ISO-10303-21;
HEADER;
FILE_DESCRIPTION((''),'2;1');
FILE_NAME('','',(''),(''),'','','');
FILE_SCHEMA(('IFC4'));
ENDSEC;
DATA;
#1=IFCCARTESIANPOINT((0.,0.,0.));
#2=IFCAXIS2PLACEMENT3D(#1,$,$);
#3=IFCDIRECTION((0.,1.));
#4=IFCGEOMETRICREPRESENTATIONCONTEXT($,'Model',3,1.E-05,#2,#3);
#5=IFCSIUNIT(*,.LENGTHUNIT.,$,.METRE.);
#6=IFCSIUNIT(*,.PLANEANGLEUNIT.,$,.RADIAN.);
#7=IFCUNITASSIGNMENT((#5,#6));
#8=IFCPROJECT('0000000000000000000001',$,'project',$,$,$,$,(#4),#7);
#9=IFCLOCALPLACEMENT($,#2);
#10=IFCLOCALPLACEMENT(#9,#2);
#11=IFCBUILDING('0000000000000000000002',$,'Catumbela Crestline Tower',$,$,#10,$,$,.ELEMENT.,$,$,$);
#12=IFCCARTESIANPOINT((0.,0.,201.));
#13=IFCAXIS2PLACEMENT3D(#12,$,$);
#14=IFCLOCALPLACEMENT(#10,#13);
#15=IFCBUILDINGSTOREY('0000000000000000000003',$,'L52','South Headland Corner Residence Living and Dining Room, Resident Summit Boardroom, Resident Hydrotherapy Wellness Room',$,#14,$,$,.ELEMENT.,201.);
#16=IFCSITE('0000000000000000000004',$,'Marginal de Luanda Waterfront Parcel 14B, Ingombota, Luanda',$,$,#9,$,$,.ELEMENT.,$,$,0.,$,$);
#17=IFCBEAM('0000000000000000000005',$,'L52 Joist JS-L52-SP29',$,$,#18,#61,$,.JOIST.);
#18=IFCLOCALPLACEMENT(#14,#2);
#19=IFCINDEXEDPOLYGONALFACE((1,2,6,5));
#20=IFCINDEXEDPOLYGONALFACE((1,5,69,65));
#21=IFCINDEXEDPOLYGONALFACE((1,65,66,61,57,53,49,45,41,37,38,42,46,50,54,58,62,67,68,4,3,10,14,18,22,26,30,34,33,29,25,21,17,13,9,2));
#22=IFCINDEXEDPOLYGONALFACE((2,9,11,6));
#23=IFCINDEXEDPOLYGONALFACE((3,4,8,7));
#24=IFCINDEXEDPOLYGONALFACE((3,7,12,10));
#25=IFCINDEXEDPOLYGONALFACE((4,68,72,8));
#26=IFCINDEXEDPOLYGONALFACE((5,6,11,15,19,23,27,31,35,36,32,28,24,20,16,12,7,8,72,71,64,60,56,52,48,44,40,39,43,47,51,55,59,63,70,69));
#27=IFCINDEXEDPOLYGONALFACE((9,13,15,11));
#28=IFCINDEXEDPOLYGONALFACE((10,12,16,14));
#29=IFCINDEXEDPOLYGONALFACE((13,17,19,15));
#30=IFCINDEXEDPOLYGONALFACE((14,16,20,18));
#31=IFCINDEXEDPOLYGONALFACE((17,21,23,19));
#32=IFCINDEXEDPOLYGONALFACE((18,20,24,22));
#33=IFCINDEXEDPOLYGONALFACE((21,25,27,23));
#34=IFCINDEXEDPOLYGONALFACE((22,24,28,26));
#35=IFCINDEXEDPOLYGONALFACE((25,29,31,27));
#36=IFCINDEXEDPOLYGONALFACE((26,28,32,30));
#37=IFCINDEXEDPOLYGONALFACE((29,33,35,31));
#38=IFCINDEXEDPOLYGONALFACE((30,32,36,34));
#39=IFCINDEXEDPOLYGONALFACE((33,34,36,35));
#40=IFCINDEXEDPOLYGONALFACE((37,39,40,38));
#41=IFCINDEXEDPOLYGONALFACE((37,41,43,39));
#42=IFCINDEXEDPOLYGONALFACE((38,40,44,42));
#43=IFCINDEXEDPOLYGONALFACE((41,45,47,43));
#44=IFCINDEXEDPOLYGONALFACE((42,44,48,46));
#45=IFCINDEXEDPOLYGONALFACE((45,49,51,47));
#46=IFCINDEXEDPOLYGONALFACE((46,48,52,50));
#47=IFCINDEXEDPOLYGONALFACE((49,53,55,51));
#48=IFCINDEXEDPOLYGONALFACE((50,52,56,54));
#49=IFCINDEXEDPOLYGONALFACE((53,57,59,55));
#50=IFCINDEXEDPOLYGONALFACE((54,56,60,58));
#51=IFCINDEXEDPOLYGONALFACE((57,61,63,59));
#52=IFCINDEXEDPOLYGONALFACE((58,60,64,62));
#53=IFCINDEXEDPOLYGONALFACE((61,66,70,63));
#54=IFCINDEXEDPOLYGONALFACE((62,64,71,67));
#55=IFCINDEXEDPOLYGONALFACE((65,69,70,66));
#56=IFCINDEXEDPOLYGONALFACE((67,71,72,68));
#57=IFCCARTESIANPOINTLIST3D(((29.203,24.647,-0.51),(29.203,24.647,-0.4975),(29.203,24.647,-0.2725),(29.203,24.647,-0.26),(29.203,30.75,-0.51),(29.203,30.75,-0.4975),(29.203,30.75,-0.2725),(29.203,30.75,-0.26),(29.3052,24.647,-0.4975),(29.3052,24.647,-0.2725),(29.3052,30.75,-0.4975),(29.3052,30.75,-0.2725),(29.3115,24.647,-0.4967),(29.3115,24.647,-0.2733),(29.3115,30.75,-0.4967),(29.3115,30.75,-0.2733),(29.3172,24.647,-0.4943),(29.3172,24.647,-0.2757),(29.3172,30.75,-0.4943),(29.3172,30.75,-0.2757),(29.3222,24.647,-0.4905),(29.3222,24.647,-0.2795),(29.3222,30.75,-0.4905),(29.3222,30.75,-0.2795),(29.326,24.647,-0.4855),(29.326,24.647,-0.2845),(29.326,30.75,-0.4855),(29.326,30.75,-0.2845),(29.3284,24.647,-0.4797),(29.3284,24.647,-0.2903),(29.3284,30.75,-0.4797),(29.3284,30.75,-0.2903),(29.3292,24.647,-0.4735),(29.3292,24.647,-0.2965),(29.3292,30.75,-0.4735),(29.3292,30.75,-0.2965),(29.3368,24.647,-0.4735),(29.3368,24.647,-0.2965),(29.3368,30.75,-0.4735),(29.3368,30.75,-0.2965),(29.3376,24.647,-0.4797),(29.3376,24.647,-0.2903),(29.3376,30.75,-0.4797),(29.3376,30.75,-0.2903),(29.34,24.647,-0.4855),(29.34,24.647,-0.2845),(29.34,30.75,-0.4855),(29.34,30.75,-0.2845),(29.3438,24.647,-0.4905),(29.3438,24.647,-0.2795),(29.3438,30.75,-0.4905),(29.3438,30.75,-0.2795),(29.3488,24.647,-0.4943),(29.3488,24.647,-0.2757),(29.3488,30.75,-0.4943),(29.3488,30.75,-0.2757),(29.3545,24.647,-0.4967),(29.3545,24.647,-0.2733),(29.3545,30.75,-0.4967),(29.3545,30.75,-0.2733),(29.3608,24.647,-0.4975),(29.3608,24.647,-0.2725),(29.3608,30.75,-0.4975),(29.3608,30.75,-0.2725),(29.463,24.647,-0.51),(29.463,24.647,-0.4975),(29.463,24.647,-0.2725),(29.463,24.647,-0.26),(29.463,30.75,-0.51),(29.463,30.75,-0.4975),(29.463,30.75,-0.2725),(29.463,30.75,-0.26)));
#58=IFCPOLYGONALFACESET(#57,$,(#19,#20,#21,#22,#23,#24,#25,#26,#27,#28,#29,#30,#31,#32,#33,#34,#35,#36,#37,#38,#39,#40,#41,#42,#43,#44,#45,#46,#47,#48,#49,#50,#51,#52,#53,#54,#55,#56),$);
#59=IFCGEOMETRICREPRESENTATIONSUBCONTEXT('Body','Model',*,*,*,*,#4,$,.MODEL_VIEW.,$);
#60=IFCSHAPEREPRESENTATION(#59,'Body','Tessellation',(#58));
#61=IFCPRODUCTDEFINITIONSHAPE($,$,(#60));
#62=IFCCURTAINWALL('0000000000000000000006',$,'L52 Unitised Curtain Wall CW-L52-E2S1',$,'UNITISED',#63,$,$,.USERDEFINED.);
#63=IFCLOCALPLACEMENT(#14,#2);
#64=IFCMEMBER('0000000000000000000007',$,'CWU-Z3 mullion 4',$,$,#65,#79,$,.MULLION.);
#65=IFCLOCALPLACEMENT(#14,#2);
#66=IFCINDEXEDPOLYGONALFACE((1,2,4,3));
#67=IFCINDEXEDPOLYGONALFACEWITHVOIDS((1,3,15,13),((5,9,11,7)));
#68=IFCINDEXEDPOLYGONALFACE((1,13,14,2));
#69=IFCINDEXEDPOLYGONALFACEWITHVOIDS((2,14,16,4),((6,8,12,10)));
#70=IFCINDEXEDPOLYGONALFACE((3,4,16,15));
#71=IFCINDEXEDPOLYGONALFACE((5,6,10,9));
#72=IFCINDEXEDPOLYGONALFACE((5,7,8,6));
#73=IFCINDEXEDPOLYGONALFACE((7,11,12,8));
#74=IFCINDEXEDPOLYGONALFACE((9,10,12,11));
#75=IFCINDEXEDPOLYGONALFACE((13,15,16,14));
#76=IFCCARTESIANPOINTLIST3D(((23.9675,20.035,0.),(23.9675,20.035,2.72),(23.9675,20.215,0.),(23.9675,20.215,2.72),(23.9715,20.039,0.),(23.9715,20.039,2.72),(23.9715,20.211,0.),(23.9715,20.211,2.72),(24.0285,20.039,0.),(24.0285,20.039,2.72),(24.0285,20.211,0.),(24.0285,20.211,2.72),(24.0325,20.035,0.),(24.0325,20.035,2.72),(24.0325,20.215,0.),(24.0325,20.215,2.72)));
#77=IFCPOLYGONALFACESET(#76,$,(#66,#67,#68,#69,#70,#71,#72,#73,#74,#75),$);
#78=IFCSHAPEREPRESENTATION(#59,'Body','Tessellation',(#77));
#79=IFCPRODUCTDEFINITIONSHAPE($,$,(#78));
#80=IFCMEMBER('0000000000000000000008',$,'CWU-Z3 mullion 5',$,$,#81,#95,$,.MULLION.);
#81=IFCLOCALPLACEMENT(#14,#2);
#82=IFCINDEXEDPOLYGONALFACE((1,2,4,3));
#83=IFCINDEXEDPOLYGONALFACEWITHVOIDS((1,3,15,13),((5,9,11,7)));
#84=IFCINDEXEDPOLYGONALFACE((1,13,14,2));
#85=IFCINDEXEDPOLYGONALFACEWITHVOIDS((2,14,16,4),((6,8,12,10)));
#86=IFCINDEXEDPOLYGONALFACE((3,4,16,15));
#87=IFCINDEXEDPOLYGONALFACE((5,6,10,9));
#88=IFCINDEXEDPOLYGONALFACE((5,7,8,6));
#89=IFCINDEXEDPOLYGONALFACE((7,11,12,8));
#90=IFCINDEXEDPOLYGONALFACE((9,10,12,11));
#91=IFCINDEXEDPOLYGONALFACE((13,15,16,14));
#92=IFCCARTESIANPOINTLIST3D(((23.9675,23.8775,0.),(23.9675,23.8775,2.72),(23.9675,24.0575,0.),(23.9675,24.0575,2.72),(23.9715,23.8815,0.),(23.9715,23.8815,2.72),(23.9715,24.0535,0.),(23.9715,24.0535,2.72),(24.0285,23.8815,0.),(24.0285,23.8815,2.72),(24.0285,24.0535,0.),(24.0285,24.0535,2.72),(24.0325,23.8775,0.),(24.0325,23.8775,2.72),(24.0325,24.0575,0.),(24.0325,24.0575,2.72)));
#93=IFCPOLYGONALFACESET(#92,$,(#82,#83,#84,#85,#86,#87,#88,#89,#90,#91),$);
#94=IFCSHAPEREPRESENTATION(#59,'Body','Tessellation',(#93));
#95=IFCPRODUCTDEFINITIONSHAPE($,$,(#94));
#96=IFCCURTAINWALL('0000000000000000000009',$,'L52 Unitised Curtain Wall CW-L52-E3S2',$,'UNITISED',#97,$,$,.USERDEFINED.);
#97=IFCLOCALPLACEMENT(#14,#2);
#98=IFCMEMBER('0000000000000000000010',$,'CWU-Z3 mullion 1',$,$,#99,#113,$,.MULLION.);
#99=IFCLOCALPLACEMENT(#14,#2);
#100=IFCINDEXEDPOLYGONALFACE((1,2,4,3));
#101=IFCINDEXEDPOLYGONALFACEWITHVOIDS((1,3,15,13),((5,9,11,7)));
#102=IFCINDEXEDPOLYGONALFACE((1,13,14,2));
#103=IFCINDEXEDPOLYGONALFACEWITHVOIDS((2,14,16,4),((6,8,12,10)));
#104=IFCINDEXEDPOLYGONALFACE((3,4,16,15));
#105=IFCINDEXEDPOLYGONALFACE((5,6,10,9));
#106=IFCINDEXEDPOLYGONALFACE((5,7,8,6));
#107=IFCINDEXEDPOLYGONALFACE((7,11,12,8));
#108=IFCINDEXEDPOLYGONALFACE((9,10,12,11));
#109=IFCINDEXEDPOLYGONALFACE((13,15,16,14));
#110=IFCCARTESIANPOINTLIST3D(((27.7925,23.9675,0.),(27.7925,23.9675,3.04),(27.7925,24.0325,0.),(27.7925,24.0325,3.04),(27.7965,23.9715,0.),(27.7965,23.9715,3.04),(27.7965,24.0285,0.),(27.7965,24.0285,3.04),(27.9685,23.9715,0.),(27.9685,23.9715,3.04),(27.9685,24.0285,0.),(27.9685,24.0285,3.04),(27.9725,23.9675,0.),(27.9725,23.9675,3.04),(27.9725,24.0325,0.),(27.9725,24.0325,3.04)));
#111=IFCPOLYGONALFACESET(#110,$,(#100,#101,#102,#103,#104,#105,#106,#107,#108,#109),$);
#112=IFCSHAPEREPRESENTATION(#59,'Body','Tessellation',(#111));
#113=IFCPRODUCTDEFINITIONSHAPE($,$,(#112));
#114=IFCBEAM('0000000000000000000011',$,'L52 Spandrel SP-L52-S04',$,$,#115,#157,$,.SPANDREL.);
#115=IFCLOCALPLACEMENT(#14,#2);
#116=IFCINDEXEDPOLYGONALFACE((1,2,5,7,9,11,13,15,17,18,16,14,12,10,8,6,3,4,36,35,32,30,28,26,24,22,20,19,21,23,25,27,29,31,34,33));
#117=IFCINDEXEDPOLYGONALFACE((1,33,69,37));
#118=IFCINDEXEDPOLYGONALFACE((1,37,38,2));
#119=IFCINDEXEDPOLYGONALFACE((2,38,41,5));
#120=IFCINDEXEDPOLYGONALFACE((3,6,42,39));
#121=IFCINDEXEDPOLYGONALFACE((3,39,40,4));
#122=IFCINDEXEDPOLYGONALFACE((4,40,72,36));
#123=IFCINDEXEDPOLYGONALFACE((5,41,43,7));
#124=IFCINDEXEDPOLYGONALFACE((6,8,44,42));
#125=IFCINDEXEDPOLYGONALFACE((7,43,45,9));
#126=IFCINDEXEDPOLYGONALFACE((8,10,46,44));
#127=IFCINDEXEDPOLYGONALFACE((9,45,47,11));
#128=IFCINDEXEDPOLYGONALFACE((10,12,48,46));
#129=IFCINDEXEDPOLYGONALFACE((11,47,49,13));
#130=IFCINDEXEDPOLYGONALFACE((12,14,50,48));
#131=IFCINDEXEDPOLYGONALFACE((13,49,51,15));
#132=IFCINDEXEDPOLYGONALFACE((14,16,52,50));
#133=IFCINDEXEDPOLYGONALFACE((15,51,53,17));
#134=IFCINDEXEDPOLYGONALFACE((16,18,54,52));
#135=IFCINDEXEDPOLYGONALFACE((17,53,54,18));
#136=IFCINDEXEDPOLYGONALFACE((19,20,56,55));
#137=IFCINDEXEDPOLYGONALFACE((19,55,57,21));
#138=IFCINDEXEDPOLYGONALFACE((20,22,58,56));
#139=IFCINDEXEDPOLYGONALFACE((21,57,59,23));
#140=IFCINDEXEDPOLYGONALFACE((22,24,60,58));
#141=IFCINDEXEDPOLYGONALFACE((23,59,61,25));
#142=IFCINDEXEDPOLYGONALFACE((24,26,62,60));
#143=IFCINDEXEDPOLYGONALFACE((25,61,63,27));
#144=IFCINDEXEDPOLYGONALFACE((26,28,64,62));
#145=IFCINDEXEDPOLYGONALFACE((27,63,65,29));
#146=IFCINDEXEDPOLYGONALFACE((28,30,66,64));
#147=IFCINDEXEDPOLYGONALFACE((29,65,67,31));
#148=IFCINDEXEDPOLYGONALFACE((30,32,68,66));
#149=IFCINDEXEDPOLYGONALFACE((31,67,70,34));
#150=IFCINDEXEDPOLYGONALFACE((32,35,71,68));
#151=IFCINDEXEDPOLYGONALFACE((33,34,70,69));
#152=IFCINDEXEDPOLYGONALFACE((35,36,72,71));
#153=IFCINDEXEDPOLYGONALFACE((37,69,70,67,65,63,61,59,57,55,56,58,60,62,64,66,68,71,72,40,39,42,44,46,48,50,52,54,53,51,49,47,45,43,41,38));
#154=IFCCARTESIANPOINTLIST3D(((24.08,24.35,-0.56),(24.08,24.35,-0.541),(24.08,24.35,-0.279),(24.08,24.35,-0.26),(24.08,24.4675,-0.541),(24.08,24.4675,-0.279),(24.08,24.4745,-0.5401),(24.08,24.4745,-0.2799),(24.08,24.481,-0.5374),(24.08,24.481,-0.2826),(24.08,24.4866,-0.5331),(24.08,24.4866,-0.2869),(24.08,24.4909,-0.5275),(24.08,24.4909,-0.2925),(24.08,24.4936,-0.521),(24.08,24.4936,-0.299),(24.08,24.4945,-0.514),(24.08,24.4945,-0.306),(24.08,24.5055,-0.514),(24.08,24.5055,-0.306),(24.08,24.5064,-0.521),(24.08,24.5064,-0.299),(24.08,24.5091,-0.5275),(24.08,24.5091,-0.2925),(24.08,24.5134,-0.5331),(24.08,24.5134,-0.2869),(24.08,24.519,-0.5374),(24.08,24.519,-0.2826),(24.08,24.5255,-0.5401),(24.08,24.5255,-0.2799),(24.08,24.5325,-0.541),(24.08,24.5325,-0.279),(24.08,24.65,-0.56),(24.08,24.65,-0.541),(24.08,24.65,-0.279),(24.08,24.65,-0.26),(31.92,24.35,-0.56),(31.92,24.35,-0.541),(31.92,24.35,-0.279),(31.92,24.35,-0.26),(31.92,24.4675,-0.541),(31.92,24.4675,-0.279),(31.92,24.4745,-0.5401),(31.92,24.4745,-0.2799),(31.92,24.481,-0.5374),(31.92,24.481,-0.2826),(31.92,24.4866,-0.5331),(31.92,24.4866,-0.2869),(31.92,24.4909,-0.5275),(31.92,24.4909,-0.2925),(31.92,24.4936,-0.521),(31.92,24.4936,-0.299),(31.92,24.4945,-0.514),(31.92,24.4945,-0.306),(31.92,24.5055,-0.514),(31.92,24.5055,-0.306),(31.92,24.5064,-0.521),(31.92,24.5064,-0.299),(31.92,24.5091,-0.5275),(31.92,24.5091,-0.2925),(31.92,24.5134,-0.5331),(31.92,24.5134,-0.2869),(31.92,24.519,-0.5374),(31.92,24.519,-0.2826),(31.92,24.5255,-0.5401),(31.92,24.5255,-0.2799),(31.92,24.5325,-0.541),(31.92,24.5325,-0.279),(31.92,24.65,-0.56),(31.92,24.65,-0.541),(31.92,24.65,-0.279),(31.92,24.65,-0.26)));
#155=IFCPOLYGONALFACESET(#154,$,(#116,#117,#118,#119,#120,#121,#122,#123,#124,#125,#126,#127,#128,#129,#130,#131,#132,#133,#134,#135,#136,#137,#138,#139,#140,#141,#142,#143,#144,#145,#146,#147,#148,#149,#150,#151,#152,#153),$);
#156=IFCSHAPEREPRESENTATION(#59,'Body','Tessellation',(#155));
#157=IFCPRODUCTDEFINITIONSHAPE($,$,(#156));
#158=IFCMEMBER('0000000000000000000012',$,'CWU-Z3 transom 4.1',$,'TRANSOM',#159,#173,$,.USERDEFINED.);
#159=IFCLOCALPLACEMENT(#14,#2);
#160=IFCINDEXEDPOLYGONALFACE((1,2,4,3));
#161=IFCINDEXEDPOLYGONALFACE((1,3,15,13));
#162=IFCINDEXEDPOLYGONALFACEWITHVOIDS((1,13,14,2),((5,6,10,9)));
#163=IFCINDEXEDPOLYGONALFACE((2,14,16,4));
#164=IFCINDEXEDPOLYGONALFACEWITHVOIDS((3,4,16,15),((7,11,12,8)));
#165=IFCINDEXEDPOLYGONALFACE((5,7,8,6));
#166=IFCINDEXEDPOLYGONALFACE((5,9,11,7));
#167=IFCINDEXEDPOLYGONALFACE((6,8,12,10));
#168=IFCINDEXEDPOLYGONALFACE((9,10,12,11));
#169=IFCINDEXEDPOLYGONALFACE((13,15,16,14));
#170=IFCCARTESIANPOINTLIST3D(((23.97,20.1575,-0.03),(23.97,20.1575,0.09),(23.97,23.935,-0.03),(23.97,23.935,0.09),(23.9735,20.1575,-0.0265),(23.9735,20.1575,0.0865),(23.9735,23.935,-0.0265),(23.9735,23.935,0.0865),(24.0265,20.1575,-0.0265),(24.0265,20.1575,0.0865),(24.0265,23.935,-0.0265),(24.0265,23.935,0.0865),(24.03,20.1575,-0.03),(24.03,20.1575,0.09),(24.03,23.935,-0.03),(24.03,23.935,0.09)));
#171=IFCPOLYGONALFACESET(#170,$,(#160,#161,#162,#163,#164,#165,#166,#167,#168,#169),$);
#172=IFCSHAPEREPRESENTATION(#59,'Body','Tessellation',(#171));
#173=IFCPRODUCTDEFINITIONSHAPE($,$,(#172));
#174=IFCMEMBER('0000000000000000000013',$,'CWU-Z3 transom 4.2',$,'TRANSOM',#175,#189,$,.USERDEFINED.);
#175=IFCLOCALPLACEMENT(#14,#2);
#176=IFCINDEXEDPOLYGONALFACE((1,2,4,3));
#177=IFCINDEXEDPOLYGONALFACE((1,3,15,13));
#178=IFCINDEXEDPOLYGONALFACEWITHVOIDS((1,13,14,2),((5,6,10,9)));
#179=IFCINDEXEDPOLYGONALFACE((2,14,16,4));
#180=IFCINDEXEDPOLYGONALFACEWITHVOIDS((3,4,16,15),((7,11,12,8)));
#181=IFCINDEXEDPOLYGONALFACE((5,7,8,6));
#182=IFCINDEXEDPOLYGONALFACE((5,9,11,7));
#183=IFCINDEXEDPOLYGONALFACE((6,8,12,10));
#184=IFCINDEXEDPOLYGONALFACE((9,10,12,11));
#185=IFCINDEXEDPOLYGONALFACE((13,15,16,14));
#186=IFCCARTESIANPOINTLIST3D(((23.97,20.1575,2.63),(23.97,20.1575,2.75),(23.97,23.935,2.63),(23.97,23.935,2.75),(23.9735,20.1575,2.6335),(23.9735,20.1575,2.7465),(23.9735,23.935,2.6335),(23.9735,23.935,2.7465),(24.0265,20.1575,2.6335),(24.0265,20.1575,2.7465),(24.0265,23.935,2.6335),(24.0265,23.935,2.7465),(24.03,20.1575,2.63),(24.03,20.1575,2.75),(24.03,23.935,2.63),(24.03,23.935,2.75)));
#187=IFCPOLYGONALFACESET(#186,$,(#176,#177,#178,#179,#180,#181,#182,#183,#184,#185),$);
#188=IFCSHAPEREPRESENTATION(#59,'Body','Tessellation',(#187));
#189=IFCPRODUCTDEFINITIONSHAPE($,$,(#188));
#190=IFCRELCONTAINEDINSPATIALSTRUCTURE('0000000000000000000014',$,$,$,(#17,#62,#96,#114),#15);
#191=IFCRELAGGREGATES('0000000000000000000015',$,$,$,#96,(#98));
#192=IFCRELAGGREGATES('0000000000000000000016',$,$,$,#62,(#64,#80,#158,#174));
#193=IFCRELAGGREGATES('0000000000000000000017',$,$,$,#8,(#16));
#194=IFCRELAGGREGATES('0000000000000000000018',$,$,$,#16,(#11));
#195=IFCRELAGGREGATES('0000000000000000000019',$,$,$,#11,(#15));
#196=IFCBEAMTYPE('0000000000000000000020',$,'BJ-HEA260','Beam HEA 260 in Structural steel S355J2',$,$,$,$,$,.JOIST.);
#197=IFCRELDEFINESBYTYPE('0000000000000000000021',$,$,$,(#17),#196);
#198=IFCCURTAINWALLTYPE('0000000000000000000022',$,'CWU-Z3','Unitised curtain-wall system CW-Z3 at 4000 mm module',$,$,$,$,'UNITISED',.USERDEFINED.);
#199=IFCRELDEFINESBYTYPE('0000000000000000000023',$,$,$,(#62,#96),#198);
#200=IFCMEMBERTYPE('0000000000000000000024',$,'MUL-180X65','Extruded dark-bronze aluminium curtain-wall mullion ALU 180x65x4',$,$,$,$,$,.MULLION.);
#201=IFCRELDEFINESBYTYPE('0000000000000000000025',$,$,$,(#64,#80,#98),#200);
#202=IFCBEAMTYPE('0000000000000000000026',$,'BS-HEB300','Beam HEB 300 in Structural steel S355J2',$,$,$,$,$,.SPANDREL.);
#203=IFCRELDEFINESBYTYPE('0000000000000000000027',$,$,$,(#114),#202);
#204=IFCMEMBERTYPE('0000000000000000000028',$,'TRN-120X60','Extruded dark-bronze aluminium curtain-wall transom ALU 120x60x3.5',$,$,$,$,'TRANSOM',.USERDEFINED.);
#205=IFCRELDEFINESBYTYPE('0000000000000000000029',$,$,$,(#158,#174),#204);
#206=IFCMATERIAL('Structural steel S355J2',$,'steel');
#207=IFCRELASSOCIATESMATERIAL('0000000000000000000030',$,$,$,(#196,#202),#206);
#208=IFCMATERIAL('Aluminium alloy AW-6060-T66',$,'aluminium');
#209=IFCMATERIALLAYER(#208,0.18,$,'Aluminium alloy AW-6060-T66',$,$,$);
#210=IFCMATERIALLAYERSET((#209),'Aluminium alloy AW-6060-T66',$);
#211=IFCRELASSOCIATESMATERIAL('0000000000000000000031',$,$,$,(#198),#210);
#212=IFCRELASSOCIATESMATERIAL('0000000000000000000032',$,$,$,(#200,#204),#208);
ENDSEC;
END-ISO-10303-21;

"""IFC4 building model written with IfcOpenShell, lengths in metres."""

from ifc_helpers import new_model, si_unit, direction, frame, origin, origin_2d, place, context, subcontext, project, spatial, hollow_rectangle, i_section, extrude, material, layer, layer_set, material_profile, profile_set, type_object, element, aggregate, save


model = new_model("IFC4")

# Units and contexts
model_context = context("Model", 3, precision=1e-05, world=origin(), true_north=direction((0.0, 1.0)))
body_context = subcontext(model_context, "Body", "Model", "MODEL_VIEW")
ifc_project = project(units=[si_unit("LENGTHUNIT", "METRE"), si_unit("PLANEANGLEUNIT", "RADIAN")], contexts=[model_context])

# Site, building, storey
site_placement = place(None, origin())
site = spatial("IfcSite", under=ifc_project, at=site_placement, Name="Marginal de Luanda Waterfront Parcel 14B, Ingombota, Luanda", CompositionType="ELEMENT", RefElevation=0.0)
building_placement = place(site_placement, origin())
building = spatial("IfcBuilding", under=site, at=building_placement, Name="Catumbela Crestline Tower", CompositionType="ELEMENT")
storey_placement = place(building_placement, frame((0.0, 0.0, 201.0)))
storey = spatial("IfcBuildingStorey", under=building, at=storey_placement, Name="L52", Description="South Headland Corner Residence Living and Dining Room, Resident Summit Boardroom, Resident Hydrotherapy Wellness Room", CompositionType="ELEMENT", Elevation=201.0)

# Beam
ifc_material_1 = material(Name="Structural steel S355J2", Category="steel")
ifc_material_profile_1 = material_profile(ifc_material_1, i_section(OverallWidth=0.26, OverallDepth=0.25, WebThickness=0.0075, FlangeThickness=0.0125, FilletRadius=0.024, at=origin_2d()), Name="HEA 260")
ifc_profile_set_1 = profile_set([ifc_material_profile_1], Name="Structural steel S355J2")
beam_type_1 = type_object("IfcBeamType", Name="BJ-HEA260", Description="Beam HEA 260 in Structural steel S355J2", PredefinedType="JOIST", material=ifc_profile_set_1)
for number, where, z_axis, x_axis, name in (
    (1, (29.333, 24.647, -0.385), (0.0, 1.0, 0.0), (-1.0, 0.0, 0.0), "L52 Joist JS-L52-SP29"),
):
    element("IfcBeam", number, at=place(storey_placement, frame(where, z_axis=z_axis, x_axis=x_axis)), inside=storey, type_object=beam_type_1, Name=name, PredefinedType="JOIST", context=body_context, shape_type="SweptSolid", body=[
        extrude(i_section(OverallWidth=0.26, OverallDepth=0.25, WebThickness=0.0075, FlangeThickness=0.0125, FilletRadius=0.024, at=origin_2d()), origin(), (0.0, 0.0, 1.0), 6.103),
    ])

# Curtain wall, members
ifc_material_2 = material(Name="Aluminium alloy AW-6060-T66", Category="aluminium")
ifc_layer_1 = layer(ifc_material_2, 0.18, Name="Aluminium alloy AW-6060-T66")
ifc_layer_set_1 = layer_set([ifc_layer_1], Name="Aluminium alloy AW-6060-T66")
curtain_wall_type = type_object("IfcCurtainWallType", Name="CWU-Z3", Description="Unitised curtain-wall system CW-Z3 at 4000 mm module", ElementType="UNITISED", PredefinedType="USERDEFINED", material=ifc_layer_set_1)
curtain_wall_1_placement = place(storey_placement, origin())
curtain_wall_1 = element("IfcCurtainWall", 2, at=curtain_wall_1_placement, inside=storey, type_object=curtain_wall_type, Name="L52 Unitised Curtain Wall CW-L52-E2S1", ObjectType="UNITISED", PredefinedType="USERDEFINED")
ifc_material_profile_2 = material_profile(ifc_material_2, hollow_rectangle(XDim=0.065, YDim=0.18, WallThickness=0.004, at=origin_2d()), Name="ALU 180x65x4")
ifc_profile_set_2 = profile_set([ifc_material_profile_2], Name="Aluminium alloy AW-6060-T66")
member_type_1 = type_object("IfcMemberType", Name="MUL-180X65", Description="Extruded dark-bronze aluminium curtain-wall mullion ALU 180x65x4", PredefinedType="MULLION", material=ifc_profile_set_2)
member_1_placement = place(storey_placement, frame((24.0, 20.125, 0.0), z_axis=(0.0, 0.0, 1.0), x_axis=(-1.0, 0.0, 0.0)))
member_1 = element("IfcMember", 3, at=member_1_placement, type_object=member_type_1, Name="CWU-Z3 mullion 4", PredefinedType="MULLION", context=body_context, shape_type="SweptSolid", body=[
    extrude(hollow_rectangle(XDim=0.065, YDim=0.18, WallThickness=0.004, at=origin_2d()), origin(), (0.0, 0.0, 1.0), 2.72),
])
member_2_placement = place(storey_placement, frame((24.0, 23.9675, 0.0), z_axis=(0.0, 0.0, 1.0), x_axis=(-1.0, 0.0, 0.0)))
member_2 = element("IfcMember", 4, at=member_2_placement, type_object=member_type_1, Name="CWU-Z3 mullion 5", PredefinedType="MULLION", context=body_context, shape_type="SweptSolid", body=[
    extrude(hollow_rectangle(XDim=0.065, YDim=0.18, WallThickness=0.004, at=origin_2d()), origin(), (0.0, 0.0, 1.0), 2.72),
])

# Curtain wall, member
curtain_wall_2_placement = place(storey_placement, origin())
curtain_wall_2 = element("IfcCurtainWall", 5, at=curtain_wall_2_placement, inside=storey, type_object=curtain_wall_type, Name="L52 Unitised Curtain Wall CW-L52-E3S2", ObjectType="UNITISED", PredefinedType="USERDEFINED")
member_3_placement = place(storey_placement, frame((27.8825, 24.0, 0.0), z_axis=(0.0, 0.0, 1.0), x_axis=(0.0, 1.0, 0.0)))
member_3 = element("IfcMember", 6, at=member_3_placement, type_object=member_type_1, Name="CWU-Z3 mullion 1", PredefinedType="MULLION", context=body_context, shape_type="SweptSolid", body=[
    extrude(hollow_rectangle(XDim=0.065, YDim=0.18, WallThickness=0.004, at=origin_2d()), origin(), (0.0, 0.0, 1.0), 3.04),
])

# Beam
ifc_material_profile_3 = material_profile(ifc_material_1, i_section(OverallWidth=0.3, OverallDepth=0.3, WebThickness=0.011, FlangeThickness=0.019, FilletRadius=0.027, at=origin_2d()), Name="HEB 300")
ifc_profile_set_3 = profile_set([ifc_material_profile_3], Name="Structural steel S355J2")
beam_type_2 = type_object("IfcBeamType", Name="BS-HEB300", Description="Beam HEB 300 in Structural steel S355J2", PredefinedType="SPANDREL", material=ifc_profile_set_3)
beam_1_placement = place(storey_placement, frame((24.08, 24.5, -0.41), z_axis=(1.0, 0.0, 0.0), x_axis=(0.0, 1.0, 0.0)))
element("IfcBeam", 7, at=beam_1_placement, inside=storey, type_object=beam_type_2, Name="L52 Spandrel SP-L52-S04", PredefinedType="SPANDREL", context=body_context, shape_type="SweptSolid", body=[
    extrude(i_section(OverallWidth=0.3, OverallDepth=0.3, WebThickness=0.011, FlangeThickness=0.019, FilletRadius=0.027, at=origin_2d()), origin(), (0.0, 0.0, 1.0), 7.84),
])

# Members
ifc_material_profile_4 = material_profile(ifc_material_2, hollow_rectangle(XDim=0.06, YDim=0.12, WallThickness=0.0035, at=origin_2d()), Name="ALU 120x60x3.5")
ifc_profile_set_4 = profile_set([ifc_material_profile_4], Name="Aluminium alloy AW-6060-T66")
member_type_2 = type_object("IfcMemberType", Name="TRN-120X60", Description="Extruded dark-bronze aluminium curtain-wall transom ALU 120x60x3.5", ElementType="TRANSOM", PredefinedType="USERDEFINED", material=ifc_profile_set_4)
member_4_placement = place(storey_placement, frame((24.0, 20.1575, 0.03), z_axis=(0.0, 1.0, 0.0), x_axis=(-1.0, 0.0, 0.0)))
member_4 = element("IfcMember", 8, at=member_4_placement, type_object=member_type_2, Name="CWU-Z3 transom 4.1", ObjectType="TRANSOM", PredefinedType="USERDEFINED", context=body_context, shape_type="SweptSolid", body=[
    extrude(hollow_rectangle(XDim=0.06, YDim=0.12, WallThickness=0.0035, at=origin_2d()), origin(), (0.0, 0.0, 1.0), 3.7775),
])
member_5_placement = place(storey_placement, frame((24.0, 20.1575, 2.69), z_axis=(0.0, 1.0, 0.0), x_axis=(-1.0, 0.0, 0.0)))
member_5 = element("IfcMember", 9, at=member_5_placement, type_object=member_type_2, Name="CWU-Z3 transom 4.2", ObjectType="TRANSOM", PredefinedType="USERDEFINED", context=body_context, shape_type="SweptSolid", body=[
    extrude(hollow_rectangle(XDim=0.06, YDim=0.12, WallThickness=0.0035, at=origin_2d()), origin(), (0.0, 0.0, 1.0), 3.7775),
])
aggregate(curtain_wall_2, [member_3])

aggregate(curtain_wall_1, [member_1, member_2, member_4, member_5])

save(model, "model.ifc")
